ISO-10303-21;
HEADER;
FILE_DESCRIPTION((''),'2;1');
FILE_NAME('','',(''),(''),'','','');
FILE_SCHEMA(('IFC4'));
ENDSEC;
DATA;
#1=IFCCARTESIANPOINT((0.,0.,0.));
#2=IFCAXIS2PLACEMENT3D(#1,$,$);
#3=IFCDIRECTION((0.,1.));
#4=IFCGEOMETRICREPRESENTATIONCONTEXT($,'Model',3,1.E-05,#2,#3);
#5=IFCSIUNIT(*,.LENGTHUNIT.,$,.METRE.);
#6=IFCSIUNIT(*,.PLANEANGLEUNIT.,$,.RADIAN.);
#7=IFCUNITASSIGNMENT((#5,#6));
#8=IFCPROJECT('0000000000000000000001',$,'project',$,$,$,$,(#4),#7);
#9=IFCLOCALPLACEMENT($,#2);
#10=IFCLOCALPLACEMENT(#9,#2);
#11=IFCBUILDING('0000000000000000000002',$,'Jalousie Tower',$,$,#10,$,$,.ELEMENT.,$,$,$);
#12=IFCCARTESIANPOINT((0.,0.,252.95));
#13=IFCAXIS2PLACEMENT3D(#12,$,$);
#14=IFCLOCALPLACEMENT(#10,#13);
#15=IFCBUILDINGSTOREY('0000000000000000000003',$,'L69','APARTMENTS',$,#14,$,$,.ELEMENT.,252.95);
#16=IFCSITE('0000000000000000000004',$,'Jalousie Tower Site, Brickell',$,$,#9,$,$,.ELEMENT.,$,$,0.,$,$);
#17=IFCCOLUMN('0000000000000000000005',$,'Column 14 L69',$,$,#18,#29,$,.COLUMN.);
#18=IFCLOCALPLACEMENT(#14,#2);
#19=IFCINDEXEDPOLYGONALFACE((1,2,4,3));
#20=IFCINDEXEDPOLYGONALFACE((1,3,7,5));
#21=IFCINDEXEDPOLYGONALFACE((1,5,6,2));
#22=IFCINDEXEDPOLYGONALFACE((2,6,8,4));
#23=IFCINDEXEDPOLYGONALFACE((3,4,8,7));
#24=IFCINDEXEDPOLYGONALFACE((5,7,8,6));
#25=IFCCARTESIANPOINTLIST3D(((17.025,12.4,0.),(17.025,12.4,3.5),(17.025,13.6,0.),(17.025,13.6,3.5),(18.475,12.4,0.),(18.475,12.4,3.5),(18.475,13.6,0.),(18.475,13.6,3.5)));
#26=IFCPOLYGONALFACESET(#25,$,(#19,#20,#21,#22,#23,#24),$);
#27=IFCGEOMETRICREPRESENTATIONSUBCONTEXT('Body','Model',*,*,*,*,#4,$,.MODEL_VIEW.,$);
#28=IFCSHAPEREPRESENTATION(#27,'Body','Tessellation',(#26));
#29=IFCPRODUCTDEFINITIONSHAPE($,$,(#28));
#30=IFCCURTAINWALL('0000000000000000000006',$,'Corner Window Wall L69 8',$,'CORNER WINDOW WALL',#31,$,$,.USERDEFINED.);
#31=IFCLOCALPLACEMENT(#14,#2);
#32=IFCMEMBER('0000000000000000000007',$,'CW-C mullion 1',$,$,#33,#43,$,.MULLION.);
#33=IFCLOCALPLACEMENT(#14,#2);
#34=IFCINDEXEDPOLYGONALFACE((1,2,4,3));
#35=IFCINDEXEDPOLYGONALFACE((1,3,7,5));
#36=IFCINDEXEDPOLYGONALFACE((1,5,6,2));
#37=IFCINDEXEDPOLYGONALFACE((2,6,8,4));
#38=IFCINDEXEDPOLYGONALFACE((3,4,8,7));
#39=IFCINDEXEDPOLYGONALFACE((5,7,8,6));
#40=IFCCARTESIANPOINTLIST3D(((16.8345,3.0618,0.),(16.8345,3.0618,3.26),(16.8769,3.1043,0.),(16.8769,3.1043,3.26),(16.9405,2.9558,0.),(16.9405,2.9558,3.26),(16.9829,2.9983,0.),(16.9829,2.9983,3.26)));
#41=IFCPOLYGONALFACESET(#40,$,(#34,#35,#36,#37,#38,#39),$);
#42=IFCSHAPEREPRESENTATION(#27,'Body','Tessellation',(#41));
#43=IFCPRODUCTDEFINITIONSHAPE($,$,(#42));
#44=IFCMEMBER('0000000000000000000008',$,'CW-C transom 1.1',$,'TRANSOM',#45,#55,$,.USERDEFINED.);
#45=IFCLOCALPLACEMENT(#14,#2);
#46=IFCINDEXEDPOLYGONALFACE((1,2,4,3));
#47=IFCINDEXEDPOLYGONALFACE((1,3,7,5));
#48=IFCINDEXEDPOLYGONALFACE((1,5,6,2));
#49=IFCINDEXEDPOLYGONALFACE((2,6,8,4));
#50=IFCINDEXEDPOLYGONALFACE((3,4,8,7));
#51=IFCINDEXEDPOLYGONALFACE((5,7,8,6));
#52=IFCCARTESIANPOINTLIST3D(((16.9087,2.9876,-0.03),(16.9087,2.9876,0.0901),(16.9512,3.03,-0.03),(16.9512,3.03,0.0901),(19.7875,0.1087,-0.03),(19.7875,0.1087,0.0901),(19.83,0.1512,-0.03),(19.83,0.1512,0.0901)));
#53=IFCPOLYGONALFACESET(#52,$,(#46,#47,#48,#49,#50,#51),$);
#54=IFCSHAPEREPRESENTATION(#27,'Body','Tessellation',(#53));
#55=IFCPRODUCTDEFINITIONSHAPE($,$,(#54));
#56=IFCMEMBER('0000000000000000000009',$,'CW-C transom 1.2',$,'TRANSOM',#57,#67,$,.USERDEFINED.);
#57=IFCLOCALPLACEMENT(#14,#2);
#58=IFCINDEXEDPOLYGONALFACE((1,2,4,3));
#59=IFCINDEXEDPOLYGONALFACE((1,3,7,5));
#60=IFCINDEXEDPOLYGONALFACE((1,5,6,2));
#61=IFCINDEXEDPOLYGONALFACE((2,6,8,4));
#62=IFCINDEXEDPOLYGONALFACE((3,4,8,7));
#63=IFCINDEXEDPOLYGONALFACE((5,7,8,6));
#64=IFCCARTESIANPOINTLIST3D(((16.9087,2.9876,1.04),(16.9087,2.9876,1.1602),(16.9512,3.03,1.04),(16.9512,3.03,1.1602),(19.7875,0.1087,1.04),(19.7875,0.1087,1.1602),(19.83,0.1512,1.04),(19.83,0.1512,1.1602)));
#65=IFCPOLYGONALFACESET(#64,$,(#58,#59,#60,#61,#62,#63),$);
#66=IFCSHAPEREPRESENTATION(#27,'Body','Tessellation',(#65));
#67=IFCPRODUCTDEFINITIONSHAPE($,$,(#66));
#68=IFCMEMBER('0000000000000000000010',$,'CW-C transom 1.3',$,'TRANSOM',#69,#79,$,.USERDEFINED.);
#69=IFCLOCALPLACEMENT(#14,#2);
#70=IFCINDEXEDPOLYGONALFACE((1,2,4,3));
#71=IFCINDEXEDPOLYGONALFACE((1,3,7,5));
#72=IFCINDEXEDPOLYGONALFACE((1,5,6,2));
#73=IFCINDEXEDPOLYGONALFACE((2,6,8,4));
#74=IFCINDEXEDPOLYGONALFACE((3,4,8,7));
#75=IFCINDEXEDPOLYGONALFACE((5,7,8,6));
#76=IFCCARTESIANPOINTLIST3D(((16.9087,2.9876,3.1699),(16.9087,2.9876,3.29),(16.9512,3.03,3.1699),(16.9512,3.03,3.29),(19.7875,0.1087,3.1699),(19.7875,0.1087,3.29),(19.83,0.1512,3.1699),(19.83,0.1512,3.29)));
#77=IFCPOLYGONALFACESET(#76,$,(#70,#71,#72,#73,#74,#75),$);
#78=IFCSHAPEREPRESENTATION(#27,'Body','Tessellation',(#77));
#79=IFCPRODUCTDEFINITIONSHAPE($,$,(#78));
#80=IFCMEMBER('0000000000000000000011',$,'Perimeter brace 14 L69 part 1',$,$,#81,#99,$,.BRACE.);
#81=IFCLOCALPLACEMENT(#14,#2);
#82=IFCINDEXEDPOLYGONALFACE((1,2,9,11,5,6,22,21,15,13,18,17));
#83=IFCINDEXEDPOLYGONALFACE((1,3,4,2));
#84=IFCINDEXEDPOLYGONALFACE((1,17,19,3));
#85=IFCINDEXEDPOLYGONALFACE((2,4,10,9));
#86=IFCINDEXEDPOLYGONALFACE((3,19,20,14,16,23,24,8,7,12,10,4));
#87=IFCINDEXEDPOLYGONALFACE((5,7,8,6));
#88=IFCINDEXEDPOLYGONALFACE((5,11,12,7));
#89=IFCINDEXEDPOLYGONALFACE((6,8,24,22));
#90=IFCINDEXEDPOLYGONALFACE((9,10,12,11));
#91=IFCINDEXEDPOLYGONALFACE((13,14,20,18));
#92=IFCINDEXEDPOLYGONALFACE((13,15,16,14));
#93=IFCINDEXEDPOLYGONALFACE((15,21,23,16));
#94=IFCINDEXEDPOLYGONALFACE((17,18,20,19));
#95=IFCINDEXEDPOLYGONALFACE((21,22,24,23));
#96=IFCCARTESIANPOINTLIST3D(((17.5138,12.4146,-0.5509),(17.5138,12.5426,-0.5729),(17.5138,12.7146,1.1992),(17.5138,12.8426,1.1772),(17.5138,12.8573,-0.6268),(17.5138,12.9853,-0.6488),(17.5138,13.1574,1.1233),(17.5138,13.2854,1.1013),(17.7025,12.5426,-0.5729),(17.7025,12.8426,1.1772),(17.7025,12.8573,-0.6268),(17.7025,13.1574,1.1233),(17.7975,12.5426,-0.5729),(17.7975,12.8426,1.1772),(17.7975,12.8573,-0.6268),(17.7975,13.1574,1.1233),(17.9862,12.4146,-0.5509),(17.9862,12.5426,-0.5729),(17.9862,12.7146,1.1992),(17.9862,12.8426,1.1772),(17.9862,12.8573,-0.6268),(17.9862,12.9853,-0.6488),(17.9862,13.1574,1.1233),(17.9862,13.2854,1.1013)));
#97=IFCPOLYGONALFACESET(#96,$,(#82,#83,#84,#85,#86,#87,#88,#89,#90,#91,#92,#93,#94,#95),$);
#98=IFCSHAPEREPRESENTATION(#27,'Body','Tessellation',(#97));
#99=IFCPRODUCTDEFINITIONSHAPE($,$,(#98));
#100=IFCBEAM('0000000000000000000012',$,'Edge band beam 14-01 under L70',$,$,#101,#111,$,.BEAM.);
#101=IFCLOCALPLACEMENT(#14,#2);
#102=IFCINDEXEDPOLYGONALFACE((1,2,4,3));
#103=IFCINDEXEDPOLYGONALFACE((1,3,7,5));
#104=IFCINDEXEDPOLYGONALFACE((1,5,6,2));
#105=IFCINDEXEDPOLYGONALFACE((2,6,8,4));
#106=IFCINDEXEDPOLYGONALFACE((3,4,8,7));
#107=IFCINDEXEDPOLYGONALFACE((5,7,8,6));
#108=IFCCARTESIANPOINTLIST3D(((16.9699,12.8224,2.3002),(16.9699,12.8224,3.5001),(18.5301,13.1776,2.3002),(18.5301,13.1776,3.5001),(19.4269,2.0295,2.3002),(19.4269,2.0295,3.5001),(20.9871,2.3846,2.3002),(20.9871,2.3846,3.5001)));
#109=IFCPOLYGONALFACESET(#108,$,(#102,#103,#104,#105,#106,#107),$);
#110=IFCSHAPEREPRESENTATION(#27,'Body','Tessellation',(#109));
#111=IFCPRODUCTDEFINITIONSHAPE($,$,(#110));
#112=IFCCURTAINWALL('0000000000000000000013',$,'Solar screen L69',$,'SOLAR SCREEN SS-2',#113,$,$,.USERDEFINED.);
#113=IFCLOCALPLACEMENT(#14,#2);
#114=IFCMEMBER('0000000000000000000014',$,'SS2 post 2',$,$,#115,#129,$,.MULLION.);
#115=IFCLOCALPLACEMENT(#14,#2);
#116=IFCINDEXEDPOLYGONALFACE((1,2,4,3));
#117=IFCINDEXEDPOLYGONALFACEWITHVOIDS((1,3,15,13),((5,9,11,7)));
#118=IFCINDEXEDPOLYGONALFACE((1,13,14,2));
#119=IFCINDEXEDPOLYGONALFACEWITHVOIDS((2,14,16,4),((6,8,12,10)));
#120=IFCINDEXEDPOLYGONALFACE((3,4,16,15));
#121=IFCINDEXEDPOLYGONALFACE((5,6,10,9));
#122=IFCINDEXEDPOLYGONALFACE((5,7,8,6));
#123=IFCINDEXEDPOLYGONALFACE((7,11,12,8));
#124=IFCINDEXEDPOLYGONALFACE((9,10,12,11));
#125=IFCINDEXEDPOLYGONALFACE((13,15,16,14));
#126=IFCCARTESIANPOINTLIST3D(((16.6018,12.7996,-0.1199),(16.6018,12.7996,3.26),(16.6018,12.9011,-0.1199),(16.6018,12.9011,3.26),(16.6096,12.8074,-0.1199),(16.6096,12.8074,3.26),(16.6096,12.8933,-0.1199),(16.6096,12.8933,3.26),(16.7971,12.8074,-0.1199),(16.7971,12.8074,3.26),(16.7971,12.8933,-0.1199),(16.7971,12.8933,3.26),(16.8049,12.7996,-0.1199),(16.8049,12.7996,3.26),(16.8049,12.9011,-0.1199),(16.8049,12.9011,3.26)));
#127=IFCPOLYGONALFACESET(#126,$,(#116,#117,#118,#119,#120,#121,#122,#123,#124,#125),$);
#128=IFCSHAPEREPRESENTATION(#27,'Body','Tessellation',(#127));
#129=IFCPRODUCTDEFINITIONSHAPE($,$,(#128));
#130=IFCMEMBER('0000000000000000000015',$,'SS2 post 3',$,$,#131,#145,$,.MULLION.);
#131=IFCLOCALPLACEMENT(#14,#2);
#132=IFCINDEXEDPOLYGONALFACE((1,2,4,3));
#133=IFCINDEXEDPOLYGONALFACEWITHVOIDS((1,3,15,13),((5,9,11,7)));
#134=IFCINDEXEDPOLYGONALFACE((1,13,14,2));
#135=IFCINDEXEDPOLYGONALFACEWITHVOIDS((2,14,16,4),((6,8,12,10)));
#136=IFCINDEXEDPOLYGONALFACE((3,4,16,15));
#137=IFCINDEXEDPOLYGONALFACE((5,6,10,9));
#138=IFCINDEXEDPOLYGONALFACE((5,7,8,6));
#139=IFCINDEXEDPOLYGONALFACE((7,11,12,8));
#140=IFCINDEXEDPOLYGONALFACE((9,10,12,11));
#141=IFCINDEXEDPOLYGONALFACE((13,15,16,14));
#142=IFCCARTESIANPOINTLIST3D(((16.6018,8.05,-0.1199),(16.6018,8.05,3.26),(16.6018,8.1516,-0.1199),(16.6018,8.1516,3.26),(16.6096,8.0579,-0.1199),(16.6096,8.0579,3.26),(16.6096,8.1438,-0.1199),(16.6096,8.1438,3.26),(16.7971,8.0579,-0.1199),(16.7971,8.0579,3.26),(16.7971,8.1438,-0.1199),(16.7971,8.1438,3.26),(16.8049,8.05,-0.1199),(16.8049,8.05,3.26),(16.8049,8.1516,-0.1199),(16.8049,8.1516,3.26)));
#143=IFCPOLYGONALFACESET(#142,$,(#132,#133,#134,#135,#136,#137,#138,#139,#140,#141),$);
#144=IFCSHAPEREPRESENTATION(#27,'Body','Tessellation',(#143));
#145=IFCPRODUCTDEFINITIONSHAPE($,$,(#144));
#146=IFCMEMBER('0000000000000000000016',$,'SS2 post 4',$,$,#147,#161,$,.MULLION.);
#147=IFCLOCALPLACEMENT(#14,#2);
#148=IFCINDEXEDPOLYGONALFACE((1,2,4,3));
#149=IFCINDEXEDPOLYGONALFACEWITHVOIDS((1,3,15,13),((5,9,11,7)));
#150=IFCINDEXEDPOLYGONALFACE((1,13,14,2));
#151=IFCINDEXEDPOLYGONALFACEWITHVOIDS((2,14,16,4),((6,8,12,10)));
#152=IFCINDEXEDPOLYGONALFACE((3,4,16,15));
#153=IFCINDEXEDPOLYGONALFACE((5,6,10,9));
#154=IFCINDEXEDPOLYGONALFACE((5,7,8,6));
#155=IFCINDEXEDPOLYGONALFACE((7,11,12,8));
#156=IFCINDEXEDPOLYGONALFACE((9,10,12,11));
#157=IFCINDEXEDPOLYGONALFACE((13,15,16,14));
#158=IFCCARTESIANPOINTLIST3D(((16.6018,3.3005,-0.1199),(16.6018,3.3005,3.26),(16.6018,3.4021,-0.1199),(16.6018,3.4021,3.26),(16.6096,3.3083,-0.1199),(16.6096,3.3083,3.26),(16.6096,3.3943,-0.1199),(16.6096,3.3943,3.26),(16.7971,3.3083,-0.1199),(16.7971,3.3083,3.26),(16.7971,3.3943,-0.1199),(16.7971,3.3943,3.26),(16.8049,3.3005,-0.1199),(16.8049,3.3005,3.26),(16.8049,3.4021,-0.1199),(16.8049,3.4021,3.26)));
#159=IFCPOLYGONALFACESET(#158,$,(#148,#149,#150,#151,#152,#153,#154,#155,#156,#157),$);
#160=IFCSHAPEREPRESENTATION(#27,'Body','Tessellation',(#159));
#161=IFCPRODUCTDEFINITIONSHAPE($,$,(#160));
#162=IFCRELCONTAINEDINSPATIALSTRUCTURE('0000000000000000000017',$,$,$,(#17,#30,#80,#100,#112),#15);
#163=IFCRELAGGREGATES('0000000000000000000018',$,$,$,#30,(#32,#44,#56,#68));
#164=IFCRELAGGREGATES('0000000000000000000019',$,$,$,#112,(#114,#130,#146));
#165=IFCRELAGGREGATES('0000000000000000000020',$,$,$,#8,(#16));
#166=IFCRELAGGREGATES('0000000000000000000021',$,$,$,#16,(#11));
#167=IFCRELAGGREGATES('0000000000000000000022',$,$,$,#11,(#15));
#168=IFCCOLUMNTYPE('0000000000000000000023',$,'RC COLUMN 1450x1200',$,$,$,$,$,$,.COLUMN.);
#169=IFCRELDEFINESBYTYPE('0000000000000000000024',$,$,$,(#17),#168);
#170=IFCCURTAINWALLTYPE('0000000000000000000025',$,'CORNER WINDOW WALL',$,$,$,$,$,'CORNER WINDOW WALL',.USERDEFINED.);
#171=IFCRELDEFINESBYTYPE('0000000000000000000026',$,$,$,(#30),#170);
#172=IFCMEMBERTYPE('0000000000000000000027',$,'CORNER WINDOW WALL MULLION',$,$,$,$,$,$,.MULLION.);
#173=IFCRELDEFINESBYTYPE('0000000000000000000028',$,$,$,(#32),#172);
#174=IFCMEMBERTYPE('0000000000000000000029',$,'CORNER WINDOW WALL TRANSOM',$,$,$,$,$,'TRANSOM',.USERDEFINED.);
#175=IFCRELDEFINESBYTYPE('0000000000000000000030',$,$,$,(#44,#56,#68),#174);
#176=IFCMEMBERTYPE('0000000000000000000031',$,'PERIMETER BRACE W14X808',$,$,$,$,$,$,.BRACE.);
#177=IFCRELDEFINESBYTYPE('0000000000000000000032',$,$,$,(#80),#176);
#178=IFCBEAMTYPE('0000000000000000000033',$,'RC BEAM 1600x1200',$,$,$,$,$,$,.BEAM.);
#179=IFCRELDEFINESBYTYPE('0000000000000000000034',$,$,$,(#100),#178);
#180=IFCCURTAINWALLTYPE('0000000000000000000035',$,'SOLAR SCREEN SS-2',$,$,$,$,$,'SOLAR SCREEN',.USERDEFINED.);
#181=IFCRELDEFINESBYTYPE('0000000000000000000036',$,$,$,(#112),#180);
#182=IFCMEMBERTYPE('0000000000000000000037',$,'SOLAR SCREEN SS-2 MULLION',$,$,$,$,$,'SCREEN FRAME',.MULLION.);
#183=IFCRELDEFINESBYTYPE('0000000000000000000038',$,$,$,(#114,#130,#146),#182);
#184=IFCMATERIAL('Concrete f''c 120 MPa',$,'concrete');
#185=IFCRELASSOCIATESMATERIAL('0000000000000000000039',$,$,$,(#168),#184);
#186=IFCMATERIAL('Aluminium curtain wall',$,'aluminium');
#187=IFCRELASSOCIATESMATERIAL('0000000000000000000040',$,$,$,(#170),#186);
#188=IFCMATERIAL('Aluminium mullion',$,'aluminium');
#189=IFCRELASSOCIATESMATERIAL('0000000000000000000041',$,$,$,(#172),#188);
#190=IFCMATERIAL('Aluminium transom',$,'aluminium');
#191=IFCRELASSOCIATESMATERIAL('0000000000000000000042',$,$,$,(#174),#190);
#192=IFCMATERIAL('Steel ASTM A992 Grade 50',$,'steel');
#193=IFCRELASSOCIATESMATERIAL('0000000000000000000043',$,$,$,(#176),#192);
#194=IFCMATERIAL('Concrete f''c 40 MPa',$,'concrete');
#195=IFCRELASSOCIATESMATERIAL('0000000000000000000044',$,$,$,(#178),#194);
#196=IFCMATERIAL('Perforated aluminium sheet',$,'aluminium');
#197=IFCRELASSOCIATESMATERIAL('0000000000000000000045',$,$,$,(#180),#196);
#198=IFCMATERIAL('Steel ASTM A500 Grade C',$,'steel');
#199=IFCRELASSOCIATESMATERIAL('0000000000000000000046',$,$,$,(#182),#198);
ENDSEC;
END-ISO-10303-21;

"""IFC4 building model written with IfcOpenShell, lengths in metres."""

from ifc_helpers import new_model, si_unit, direction, frame, origin, origin_2d, place, context, subcontext, project, spatial, rectangle, hollow_rectangle, i_section, extrude, material, material_profile, profile_set, type_object, element, aggregate, save


model = new_model("IFC4")

# Units and contexts
model_context = context("Model", 3, precision=1e-05, world=origin(), true_north=direction((0.0, 1.0)))
body_context = subcontext(model_context, "Body", "Model", "MODEL_VIEW")
ifc_project = project(units=[si_unit("LENGTHUNIT", "METRE"), si_unit("PLANEANGLEUNIT", "RADIAN")], contexts=[model_context])

# Site, building, storey
site_placement = place(None, origin())
site = spatial("IfcSite", under=ifc_project, at=site_placement, Name="Jalousie Tower Site, Brickell", CompositionType="ELEMENT", RefElevation=0.0)
building_placement = place(site_placement, origin())
building = spatial("IfcBuilding", under=site, at=building_placement, Name="Jalousie Tower", CompositionType="ELEMENT")
storey_placement = place(building_placement, frame((0.0, 0.0, 252.95)))
storey = spatial("IfcBuildingStorey", under=building, at=storey_placement, Name="L69", Description="APARTMENTS", CompositionType="ELEMENT", Elevation=252.95)

# Column
ifc_material_1 = material(Name="Concrete f'c 120 MPa", Category="concrete")
ifc_material_profile_1 = material_profile(ifc_material_1, rectangle(XDim=1.45, YDim=1.2, at=origin_2d()), Name="RC 1450x1200")
ifc_profile_set_1 = profile_set([ifc_material_profile_1], Name="Concrete f'c 120 MPa")
column_type = type_object("IfcColumnType", Name="RC COLUMN 1450x1200", PredefinedType="COLUMN", material=ifc_profile_set_1)
column_placement = place(storey_placement, frame((17.75, 13.0, 0.0), z_axis=(0.0, 0.0, 1.0), x_axis=(1.0, 0.0, 0.0)))
element("IfcColumn", 1, at=column_placement, inside=storey, type_object=column_type, Name="Column 14 L69", PredefinedType="COLUMN", context=body_context, shape_type="SweptSolid", body=[
    extrude(rectangle(XDim=1.45, YDim=1.2, at=origin_2d()), origin(), (0.0, 0.0, 1.0), 3.5),
])

# Curtain wall, members
ifc_material_2 = material(Name="Aluminium curtain wall", Category="aluminium")
curtain_wall_type_1 = type_object("IfcCurtainWallType", Name="CORNER WINDOW WALL", ElementType="CORNER WINDOW WALL", PredefinedType="USERDEFINED", material=ifc_material_2)
curtain_wall_1_placement = place(storey_placement, origin())
curtain_wall_1 = element("IfcCurtainWall", 2, at=curtain_wall_1_placement, inside=storey, type_object=curtain_wall_type_1, Name="Corner Window Wall L69 8", ObjectType="CORNER WINDOW WALL", PredefinedType="USERDEFINED")
ifc_material_3 = material(Name="Aluminium mullion", Category="aluminium")
ifc_material_profile_2 = material_profile(ifc_material_3, rectangle(XDim=0.0601, YDim=0.1499, at=origin_2d()), Name="MULLION 60x150")
ifc_profile_set_2 = profile_set([ifc_material_profile_2], Name="Aluminium mullion")
member_type_1 = type_object("IfcMemberType", Name="CORNER WINDOW WALL MULLION", PredefinedType="MULLION", material=ifc_profile_set_2)
member_1_placement = place(storey_placement, frame((16.9087, 3.03, 0.0), z_axis=(0.0, 0.0, 1.0), x_axis=(0.707107, 0.707107, 0.0)))
member_1 = element("IfcMember", 3, at=member_1_placement, type_object=member_type_1, Name="CW-C mullion 1", PredefinedType="MULLION", context=body_context, shape_type="SweptSolid", body=[
    extrude(rectangle(XDim=0.0601, YDim=0.1499, at=origin_2d()), origin(), (0.0, 0.0, 1.0), 3.26),
])
ifc_material_4 = material(Name="Aluminium transom", Category="aluminium")
ifc_material_profile_3 = material_profile(ifc_material_4, rectangle(XDim=0.0601, YDim=0.1201, at=origin_2d()), Name="TRANSOM 60x120")
ifc_profile_set_3 = profile_set([ifc_material_profile_3], Name="Aluminium transom")
member_type_2 = type_object("IfcMemberType", Name="CORNER WINDOW WALL TRANSOM", ElementType="TRANSOM", PredefinedType="USERDEFINED", material=ifc_profile_set_3)
member_2_placement = place(storey_placement, frame((16.9299, 3.0088, 0.03), z_axis=(0.707107, -0.707107, 0.0), x_axis=(0.707107, 0.707107, 0.0)))
member_2 = element("IfcMember", 4, at=member_2_placement, type_object=member_type_2, Name="CW-C transom 1.1", ObjectType="TRANSOM", PredefinedType="USERDEFINED", context=body_context, shape_type="SweptSolid", body=[
    extrude(rectangle(XDim=0.0601, YDim=0.1201, at=origin_2d()), origin(), (0.0, 0.0, 1.0), 4.0713),
])
member_3_placement = place(storey_placement, frame((16.9299, 3.0088, 1.1001), z_axis=(0.707107, -0.707107, 0.0), x_axis=(0.707107, 0.707107, 0.0)))
member_3 = element("IfcMember", 5, at=member_3_placement, type_object=member_type_2, Name="CW-C transom 1.2", ObjectType="TRANSOM", PredefinedType="USERDEFINED", context=body_context, shape_type="SweptSolid", body=[
    extrude(rectangle(XDim=0.0601, YDim=0.1201, at=origin_2d()), origin(), (0.0, 0.0, 1.0), 4.0713),
])
member_4_placement = place(storey_placement, frame((16.9299, 3.0088, 3.23), z_axis=(0.707107, -0.707107, 0.0), x_axis=(0.707107, 0.707107, 0.0)))
member_4 = element("IfcMember", 6, at=member_4_placement, type_object=member_type_2, Name="CW-C transom 1.3", ObjectType="TRANSOM", PredefinedType="USERDEFINED", context=body_context, shape_type="SweptSolid", body=[
    extrude(rectangle(XDim=0.0601, YDim=0.1201, at=origin_2d()), origin(), (0.0, 0.0, 1.0), 4.0713),
])
aggregate(curtain_wall_1, [member_1, member_2, member_3, member_4])

# Member
ifc_material_5 = material(Name="Steel ASTM A992 Grade 50", Category="steel")
ifc_material_profile_4 = material_profile(ifc_material_5, i_section(OverallWidth=0.4724, OverallDepth=0.5791, WebThickness=0.095, FlangeThickness=0.1299, at=origin_2d()), Name="W14X808")
ifc_profile_set_4 = profile_set([ifc_material_profile_4], Name="Steel ASTM A992 Grade 50")
member_type_3 = type_object("IfcMemberType", Name="PERIMETER BRACE W14X808", PredefinedType="BRACE", material=ifc_profile_set_4)
member_5_placement = place(storey_placement, frame((17.75, 12.7, -0.5999), z_axis=(0.0, 0.168991, 0.985618), x_axis=(-1.0, 0.0, 0.0)))
element("IfcMember", 7, at=member_5_placement, inside=storey, type_object=member_type_3, Name="Perimeter brace 14 L69 part 1", PredefinedType="BRACE", context=body_context, shape_type="SweptSolid", body=[
    extrude(i_section(OverallWidth=0.4724, OverallDepth=0.5791, WebThickness=0.095, FlangeThickness=0.1299, at=origin_2d()), origin(), (0.0, 0.0, 1.0), 1.7756),
])

# Beam
ifc_material_6 = material(Name="Concrete f'c 40 MPa", Category="concrete")
ifc_material_profile_5 = material_profile(ifc_material_6, rectangle(XDim=1.6001, YDim=1.2, at=origin_2d()), Name="RC 1600x1200")
ifc_profile_set_5 = profile_set([ifc_material_profile_5], Name="Concrete f'c 40 MPa")
beam_type = type_object("IfcBeamType", Name="RC BEAM 1600x1200", PredefinedType="BEAM", material=ifc_profile_set_5)
beam_placement = place(storey_placement, frame((17.75, 13.0, 2.9001), z_axis=(0.221972, -0.975053, 0.0), x_axis=(0.975053, 0.221972, 0.0)))
element("IfcBeam", 8, at=beam_placement, inside=storey, type_object=beam_type, Name="Edge band beam 14-01 under L70", PredefinedType="BEAM", context=body_context, shape_type="SweptSolid", body=[
    extrude(rectangle(XDim=1.6001, YDim=1.2, at=origin_2d()), origin(), (0.0, 0.0, 1.0), 11.0691),
])

# Curtain wall, members
ifc_material_7 = material(Name="Perforated aluminium sheet", Category="aluminium")
curtain_wall_type_2 = type_object("IfcCurtainWallType", Name="SOLAR SCREEN SS-2", ElementType="SOLAR SCREEN", PredefinedType="USERDEFINED", material=ifc_material_7)
curtain_wall_2_placement = place(storey_placement, origin())
curtain_wall_2 = element("IfcCurtainWall", 9, at=curtain_wall_2_placement, inside=storey, type_object=curtain_wall_type_2, Name="Solar screen L69", ObjectType="SOLAR SCREEN SS-2", PredefinedType="USERDEFINED")
ifc_material_8 = material(Name="Steel ASTM A500 Grade C", Category="steel")
ifc_material_profile_6 = material_profile(ifc_material_8, hollow_rectangle(XDim=0.1016, YDim=0.2031, WallThickness=0.0078, at=origin_2d()), Name="HSS8X4X5/16")
ifc_profile_set_6 = profile_set([ifc_material_profile_6], Name="Steel ASTM A500 Grade C")
member_type_4 = type_object("IfcMemberType", Name="SOLAR SCREEN SS-2 MULLION", ElementType="SCREEN FRAME", PredefinedType="MULLION", material=ifc_profile_set_6)
member_6_placement = place(storey_placement, frame((16.7034, 12.8503, -0.1199), z_axis=(0.0, 0.0, 1.0), x_axis=(0.0, -1.0, 0.0)))
member_6 = element("IfcMember", 10, at=member_6_placement, type_object=member_type_4, Name="SS2 post 2", PredefinedType="MULLION", context=body_context, shape_type="SweptSolid", body=[
    extrude(hollow_rectangle(XDim=0.1016, YDim=0.2031, WallThickness=0.0078, at=origin_2d()), origin(), (0.0, 0.0, 1.0), 3.3799),
])
member_7_placement = place(storey_placement, frame((16.7034, 8.1008, -0.1199), z_axis=(0.0, 0.0, 1.0), x_axis=(0.0, -1.0, 0.0)))
member_7 = element("IfcMember", 11, at=member_7_placement, type_object=member_type_4, Name="SS2 post 3", PredefinedType="MULLION", context=body_context, shape_type="SweptSolid", body=[
    extrude(hollow_rectangle(XDim=0.1016, YDim=0.2031, WallThickness=0.0078, at=origin_2d()), origin(), (0.0, 0.0, 1.0), 3.3799),
])
member_8_placement = place(storey_placement, frame((16.7034, 3.3513, -0.1199), z_axis=(0.0, 0.0, 1.0), x_axis=(0.0, -1.0, 0.0)))
member_8 = element("IfcMember", 12, at=member_8_placement, type_object=member_type_4, Name="SS2 post 4", PredefinedType="MULLION", context=body_context, shape_type="SweptSolid", body=[
    extrude(hollow_rectangle(XDim=0.1016, YDim=0.2031, WallThickness=0.0078, at=origin_2d()), origin(), (0.0, 0.0, 1.0), 3.3799),
])

aggregate(curtain_wall_2, [member_6, member_7, member_8])

save(model, "model.ifc")
